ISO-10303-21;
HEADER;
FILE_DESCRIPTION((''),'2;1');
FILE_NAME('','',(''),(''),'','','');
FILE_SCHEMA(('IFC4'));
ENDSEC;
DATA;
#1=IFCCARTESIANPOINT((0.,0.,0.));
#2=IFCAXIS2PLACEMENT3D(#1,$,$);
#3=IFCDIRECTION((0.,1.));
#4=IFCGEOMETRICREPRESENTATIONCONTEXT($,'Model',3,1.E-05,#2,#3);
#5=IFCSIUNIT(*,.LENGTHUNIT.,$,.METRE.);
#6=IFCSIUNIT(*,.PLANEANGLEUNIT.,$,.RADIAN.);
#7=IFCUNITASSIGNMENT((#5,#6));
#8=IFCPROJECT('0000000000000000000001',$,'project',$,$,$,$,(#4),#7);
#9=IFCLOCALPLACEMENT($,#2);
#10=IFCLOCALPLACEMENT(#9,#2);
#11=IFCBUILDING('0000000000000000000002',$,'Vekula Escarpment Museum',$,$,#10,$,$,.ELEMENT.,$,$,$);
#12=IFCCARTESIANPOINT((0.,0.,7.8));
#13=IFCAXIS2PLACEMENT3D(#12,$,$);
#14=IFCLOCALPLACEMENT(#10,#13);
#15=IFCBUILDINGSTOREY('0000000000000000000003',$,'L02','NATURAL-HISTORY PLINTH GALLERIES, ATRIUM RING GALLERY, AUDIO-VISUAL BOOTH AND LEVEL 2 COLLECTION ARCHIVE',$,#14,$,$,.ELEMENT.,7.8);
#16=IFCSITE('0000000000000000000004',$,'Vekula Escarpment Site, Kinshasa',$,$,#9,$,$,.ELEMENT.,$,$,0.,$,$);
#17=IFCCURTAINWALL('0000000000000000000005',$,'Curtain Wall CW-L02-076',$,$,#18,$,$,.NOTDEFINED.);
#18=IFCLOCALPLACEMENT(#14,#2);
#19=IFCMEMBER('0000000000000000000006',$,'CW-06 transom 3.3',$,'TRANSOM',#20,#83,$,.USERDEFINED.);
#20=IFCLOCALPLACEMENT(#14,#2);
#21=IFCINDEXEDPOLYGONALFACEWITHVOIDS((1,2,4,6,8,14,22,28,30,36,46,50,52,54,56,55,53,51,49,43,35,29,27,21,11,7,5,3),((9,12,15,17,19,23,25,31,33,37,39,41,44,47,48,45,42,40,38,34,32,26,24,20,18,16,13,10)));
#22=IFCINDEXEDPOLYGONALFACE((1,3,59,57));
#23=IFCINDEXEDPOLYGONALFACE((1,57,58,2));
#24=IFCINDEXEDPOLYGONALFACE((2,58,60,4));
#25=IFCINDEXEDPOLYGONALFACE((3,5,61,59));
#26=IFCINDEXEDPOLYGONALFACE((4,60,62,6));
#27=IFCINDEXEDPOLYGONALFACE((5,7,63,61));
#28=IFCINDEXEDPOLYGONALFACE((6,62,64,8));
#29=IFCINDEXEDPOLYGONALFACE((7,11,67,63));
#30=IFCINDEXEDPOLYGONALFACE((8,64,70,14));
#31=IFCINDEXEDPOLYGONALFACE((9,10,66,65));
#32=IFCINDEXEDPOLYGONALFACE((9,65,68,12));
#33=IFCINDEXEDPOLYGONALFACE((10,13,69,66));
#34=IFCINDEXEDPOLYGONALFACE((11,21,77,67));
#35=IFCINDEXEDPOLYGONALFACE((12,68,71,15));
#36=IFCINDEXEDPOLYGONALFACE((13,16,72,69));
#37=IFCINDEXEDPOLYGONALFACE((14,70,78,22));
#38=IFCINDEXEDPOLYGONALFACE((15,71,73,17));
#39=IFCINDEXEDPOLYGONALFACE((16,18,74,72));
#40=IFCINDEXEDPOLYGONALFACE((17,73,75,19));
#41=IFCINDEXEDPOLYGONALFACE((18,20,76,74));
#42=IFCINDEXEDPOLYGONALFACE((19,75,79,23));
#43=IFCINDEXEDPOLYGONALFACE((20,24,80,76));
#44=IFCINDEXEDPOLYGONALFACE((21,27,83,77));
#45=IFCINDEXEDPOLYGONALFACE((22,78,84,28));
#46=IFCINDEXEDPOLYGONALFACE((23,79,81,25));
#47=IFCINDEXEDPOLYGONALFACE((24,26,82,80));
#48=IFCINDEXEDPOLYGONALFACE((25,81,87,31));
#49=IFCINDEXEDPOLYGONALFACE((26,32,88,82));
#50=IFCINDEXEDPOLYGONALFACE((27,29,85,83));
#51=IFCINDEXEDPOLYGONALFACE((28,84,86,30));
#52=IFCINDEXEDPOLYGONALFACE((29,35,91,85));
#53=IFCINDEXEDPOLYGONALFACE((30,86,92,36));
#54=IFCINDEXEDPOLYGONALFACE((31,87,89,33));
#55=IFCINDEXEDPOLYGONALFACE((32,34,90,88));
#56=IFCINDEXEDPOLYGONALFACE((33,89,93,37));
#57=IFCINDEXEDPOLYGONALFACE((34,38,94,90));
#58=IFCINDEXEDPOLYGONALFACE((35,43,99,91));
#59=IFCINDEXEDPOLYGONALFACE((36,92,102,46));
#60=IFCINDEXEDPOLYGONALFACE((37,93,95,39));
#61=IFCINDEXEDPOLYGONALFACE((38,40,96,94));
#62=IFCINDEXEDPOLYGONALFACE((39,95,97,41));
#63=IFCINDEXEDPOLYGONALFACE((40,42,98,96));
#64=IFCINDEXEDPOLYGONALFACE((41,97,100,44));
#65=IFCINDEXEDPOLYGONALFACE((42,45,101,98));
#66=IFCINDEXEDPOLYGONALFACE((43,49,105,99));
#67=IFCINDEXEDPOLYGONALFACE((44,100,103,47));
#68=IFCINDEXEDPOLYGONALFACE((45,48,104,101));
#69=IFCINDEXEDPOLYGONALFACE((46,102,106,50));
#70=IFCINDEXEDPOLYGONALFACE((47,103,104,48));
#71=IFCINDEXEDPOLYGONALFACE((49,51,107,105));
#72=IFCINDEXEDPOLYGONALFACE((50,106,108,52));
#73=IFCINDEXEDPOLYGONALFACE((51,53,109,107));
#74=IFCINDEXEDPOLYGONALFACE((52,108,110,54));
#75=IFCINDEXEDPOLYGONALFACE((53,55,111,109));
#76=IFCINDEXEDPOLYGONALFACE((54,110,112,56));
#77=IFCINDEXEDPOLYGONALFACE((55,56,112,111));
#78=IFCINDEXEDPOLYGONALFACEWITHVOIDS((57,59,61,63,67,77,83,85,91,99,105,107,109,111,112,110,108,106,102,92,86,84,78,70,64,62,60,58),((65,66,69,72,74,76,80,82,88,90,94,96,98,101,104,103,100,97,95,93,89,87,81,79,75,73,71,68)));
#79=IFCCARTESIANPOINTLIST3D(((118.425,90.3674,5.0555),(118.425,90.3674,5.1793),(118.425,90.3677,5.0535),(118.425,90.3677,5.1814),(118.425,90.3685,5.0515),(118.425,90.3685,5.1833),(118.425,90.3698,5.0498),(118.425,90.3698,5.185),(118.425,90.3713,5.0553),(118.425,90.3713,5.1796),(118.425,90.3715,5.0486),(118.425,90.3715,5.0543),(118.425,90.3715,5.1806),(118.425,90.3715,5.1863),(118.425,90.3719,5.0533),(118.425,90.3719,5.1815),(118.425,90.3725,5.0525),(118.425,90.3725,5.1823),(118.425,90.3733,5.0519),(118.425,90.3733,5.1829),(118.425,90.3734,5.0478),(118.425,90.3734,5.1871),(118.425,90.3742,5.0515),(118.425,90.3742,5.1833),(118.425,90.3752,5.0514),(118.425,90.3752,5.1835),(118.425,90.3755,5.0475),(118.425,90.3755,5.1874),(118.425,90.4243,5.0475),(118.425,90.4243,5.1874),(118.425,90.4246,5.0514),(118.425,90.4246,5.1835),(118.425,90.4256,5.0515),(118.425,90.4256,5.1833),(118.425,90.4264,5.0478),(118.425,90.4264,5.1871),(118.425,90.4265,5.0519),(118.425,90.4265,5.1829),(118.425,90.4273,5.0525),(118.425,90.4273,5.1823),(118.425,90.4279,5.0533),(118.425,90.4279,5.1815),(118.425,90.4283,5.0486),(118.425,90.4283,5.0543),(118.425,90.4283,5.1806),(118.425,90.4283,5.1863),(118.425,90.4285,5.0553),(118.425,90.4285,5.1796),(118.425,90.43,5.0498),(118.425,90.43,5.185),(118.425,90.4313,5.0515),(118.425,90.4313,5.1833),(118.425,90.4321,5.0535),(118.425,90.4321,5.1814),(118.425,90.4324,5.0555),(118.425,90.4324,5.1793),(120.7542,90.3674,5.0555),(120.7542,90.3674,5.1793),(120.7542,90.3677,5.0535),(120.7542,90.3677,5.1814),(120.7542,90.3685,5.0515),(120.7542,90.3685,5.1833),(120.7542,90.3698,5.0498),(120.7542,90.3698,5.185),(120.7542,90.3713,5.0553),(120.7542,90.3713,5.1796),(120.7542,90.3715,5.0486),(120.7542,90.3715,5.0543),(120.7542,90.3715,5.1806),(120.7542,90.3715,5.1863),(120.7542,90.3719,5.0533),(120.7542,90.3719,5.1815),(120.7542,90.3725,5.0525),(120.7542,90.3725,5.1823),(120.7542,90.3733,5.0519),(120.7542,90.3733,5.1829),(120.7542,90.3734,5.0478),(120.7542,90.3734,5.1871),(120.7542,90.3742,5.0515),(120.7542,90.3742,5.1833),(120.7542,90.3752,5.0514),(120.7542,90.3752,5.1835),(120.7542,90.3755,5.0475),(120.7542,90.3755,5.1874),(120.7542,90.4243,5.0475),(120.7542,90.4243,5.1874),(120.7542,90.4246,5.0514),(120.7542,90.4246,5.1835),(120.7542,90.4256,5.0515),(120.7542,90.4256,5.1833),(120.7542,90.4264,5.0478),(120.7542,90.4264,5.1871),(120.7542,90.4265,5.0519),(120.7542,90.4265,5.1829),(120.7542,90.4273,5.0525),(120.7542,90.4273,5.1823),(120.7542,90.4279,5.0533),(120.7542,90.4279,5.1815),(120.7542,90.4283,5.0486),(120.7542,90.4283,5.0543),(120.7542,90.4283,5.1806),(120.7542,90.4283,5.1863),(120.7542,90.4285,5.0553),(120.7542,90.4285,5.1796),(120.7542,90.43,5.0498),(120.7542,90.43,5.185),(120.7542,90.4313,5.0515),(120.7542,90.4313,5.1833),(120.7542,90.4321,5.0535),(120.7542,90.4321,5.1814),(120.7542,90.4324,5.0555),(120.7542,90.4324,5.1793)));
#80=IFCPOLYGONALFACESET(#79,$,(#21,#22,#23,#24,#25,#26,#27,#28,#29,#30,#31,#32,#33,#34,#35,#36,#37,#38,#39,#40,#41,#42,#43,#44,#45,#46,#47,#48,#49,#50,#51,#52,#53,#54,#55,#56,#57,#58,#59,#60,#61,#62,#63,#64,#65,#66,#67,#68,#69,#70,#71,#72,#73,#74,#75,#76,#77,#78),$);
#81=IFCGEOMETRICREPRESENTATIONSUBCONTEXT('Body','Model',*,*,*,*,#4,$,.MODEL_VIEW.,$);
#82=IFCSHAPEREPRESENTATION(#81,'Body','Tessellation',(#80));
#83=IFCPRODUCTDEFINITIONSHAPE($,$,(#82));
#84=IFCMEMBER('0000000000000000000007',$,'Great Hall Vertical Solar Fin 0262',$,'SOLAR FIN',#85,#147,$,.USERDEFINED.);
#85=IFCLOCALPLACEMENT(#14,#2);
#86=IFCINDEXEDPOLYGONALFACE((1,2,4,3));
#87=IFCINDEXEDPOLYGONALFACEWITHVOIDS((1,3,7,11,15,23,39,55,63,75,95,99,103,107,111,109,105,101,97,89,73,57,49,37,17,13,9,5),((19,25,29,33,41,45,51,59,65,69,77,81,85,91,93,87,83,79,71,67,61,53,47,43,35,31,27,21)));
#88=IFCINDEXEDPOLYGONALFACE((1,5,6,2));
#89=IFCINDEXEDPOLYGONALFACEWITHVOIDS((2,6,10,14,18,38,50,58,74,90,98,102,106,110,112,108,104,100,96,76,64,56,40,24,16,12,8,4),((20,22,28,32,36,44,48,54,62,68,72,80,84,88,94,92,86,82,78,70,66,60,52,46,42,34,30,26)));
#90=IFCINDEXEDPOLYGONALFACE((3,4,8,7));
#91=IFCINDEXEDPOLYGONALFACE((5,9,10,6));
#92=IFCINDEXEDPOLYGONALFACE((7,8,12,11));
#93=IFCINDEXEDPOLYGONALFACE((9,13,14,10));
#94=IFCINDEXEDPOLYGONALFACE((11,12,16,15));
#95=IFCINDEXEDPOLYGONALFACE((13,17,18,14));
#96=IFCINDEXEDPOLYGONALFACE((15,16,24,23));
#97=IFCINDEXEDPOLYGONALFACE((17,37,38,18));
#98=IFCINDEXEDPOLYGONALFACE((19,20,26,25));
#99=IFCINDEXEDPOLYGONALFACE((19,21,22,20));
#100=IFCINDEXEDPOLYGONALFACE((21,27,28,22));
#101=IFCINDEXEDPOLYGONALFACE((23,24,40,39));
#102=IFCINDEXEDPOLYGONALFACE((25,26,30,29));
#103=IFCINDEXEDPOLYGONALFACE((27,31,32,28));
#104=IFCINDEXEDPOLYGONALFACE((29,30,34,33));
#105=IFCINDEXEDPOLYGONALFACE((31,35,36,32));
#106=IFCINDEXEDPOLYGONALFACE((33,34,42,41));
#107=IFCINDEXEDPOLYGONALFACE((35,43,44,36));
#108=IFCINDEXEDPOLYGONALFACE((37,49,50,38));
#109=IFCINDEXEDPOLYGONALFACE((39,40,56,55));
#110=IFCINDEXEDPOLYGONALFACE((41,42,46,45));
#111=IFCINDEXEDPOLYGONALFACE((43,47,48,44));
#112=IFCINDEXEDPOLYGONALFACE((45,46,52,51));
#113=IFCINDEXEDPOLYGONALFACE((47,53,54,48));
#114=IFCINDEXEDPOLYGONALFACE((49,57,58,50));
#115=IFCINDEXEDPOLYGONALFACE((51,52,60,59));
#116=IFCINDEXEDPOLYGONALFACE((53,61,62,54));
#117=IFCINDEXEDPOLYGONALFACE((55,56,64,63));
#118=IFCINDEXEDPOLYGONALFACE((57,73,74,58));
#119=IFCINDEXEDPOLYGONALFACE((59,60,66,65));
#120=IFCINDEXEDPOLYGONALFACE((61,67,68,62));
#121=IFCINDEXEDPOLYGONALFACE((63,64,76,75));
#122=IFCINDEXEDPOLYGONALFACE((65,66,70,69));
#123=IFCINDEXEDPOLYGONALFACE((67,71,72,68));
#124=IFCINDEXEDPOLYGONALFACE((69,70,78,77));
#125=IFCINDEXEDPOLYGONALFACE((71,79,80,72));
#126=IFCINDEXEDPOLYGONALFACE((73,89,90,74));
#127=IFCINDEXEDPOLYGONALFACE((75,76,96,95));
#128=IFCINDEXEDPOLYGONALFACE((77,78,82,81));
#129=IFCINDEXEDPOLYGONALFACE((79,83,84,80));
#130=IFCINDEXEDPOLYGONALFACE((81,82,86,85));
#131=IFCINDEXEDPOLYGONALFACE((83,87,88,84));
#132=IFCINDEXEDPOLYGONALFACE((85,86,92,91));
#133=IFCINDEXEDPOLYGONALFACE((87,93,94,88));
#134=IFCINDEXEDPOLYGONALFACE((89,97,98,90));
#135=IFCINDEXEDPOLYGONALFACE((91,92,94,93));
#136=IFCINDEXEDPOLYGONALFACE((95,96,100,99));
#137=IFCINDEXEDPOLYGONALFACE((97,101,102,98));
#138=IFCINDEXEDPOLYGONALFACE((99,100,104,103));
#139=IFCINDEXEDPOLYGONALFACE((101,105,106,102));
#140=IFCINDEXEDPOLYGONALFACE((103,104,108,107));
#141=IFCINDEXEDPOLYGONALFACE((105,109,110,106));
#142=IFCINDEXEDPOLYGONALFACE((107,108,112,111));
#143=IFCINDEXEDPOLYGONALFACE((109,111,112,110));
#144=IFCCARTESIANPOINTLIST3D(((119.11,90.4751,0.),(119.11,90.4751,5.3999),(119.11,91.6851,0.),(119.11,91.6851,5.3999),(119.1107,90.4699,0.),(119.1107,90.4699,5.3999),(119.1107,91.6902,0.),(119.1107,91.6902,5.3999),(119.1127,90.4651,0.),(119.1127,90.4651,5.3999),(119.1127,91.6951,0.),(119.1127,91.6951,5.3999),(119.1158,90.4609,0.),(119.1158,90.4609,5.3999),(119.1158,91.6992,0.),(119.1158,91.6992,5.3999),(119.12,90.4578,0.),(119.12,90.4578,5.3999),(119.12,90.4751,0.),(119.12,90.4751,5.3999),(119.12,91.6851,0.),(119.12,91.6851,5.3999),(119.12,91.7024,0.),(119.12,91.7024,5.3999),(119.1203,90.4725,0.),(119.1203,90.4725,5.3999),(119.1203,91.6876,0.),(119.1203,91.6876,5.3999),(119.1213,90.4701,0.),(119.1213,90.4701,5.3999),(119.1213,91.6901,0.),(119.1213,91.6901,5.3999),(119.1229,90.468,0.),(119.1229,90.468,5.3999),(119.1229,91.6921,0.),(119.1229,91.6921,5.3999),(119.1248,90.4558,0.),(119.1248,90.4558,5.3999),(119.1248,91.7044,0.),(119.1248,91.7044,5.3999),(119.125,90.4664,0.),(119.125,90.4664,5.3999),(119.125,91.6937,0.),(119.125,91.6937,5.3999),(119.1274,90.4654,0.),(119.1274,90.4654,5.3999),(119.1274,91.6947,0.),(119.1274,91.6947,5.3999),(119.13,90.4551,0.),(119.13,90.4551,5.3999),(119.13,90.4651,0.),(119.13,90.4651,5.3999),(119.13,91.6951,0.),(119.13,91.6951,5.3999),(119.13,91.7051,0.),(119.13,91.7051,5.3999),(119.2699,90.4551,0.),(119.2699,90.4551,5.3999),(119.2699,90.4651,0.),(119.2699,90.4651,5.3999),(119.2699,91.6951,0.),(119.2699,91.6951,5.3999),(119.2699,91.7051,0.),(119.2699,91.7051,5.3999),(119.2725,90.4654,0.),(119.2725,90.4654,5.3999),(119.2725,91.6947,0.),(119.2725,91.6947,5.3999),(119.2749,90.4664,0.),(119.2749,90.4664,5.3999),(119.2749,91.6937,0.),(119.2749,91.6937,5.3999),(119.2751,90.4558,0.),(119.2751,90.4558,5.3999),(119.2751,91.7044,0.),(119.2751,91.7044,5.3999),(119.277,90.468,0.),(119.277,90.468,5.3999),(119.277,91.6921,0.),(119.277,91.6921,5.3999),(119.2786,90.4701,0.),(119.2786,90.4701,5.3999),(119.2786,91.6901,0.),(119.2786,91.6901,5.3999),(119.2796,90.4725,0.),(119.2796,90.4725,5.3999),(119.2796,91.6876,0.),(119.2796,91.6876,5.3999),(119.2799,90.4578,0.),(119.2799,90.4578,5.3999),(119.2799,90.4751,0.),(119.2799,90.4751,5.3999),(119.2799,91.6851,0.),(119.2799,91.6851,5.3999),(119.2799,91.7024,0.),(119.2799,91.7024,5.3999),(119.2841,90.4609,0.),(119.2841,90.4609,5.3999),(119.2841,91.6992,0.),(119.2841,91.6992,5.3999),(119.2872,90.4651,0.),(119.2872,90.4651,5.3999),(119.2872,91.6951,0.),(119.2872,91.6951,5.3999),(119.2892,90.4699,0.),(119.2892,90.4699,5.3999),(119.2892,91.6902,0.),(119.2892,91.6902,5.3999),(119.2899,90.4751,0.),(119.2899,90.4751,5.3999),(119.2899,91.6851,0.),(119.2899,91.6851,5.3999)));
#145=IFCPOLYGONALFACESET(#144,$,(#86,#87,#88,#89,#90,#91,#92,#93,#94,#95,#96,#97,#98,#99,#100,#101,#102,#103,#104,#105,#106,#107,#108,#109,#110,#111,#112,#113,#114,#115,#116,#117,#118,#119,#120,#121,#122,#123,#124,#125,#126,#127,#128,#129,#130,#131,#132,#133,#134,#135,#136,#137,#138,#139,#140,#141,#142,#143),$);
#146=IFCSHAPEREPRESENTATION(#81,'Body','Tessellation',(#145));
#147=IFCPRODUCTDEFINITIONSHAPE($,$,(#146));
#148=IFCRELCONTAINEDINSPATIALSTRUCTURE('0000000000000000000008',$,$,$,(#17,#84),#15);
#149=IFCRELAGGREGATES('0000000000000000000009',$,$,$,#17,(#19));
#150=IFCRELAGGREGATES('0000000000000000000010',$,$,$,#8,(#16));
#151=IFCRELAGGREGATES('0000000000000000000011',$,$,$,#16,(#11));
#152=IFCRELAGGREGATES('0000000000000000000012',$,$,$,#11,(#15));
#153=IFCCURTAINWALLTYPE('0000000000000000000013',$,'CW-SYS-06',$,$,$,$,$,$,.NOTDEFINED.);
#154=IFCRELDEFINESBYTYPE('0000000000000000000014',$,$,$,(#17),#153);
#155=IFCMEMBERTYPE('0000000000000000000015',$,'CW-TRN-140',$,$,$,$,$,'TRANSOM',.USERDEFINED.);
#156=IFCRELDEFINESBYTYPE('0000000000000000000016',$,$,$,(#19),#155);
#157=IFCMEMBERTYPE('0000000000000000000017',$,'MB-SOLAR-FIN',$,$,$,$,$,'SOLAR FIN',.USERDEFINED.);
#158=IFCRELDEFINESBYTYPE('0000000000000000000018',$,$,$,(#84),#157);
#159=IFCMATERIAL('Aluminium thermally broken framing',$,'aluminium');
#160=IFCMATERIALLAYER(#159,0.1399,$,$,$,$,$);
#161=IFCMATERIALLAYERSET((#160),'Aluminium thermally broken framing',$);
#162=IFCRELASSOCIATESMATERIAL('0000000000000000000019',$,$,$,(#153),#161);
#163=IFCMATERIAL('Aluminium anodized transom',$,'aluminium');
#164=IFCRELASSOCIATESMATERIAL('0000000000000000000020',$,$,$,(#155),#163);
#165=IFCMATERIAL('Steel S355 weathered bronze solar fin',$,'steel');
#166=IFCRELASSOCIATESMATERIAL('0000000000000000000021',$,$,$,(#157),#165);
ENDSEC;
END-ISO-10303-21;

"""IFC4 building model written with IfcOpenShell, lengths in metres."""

from ifc_helpers import new_model, si_unit, direction, frame, origin, origin_2d, place, context, subcontext, project, spatial, hollow_rectangle, extrude, material, layer, layer_set, material_profile, profile_set, type_object, element, aggregate, save


model = new_model("IFC4")

# Units and contexts
model_context = context("Model", 3, precision=1e-05, world=origin(), true_north=direction((0.0, 1.0)))
body_context = subcontext(model_context, "Body", "Model", "MODEL_VIEW")
ifc_project = project(units=[si_unit("LENGTHUNIT", "METRE"), si_unit("PLANEANGLEUNIT", "RADIAN")], contexts=[model_context])

# Site, building, storey
site_placement = place(None, origin())
site = spatial("IfcSite", under=ifc_project, at=site_placement, Name="Vekula Escarpment Site, Kinshasa", CompositionType="ELEMENT", RefElevation=0.0)
building_placement = place(site_placement, origin())
building = spatial("IfcBuilding", under=site, at=building_placement, Name="Vekula Escarpment Museum", CompositionType="ELEMENT")
storey_placement = place(building_placement, frame((0.0, 0.0, 7.8)))
storey = spatial("IfcBuildingStorey", under=building, at=storey_placement, Name="L02", Description="NATURAL-HISTORY PLINTH GALLERIES, ATRIUM RING GALLERY, AUDIO-VISUAL BOOTH AND LEVEL 2 COLLECTION ARCHIVE", CompositionType="ELEMENT", Elevation=7.8)

# Curtain wall, member
ifc_material_1 = material(Name="Aluminium thermally broken framing", Category="aluminium")
ifc_layer_1 = layer(ifc_material_1, 0.1399)
ifc_layer_set_1 = layer_set([ifc_layer_1], Name="Aluminium thermally broken framing")
curtain_wall_type = type_object("IfcCurtainWallType", Name="CW-SYS-06", PredefinedType="NOTDEFINED", material=ifc_layer_set_1)
curtain_wall_placement = place(storey_placement, origin())
curtain_wall = element("IfcCurtainWall", 1, at=curtain_wall_placement, inside=storey, type_object=curtain_wall_type, Name="Curtain Wall CW-L02-076", PredefinedType="NOTDEFINED")
ifc_material_2 = material(Name="Aluminium anodized transom", Category="aluminium")
ifc_material_profile_1 = material_profile(ifc_material_2, hollow_rectangle(XDim=0.0649, YDim=0.1399, WallThickness=0.0039, InnerFilletRadius=0.0039, OuterFilletRadius=0.0081, at=origin_2d()), Name="ALU 140x65x4")
ifc_profile_set_1 = profile_set([ifc_material_profile_1], Name="Aluminium anodized transom")
member_type_1 = type_object("IfcMemberType", Name="CW-TRN-140", ElementType="TRANSOM", PredefinedType="USERDEFINED", material=ifc_profile_set_1)
member_1_placement = place(storey_placement, frame((120.7542, 90.3999, 5.1174), z_axis=(-1.0, 0.0, 0.0), x_axis=(0.0, -1.0, 0.0)))
member_1 = element("IfcMember", 2, at=member_1_placement, type_object=member_type_1, Name="CW-06 transom 3.3", ObjectType="TRANSOM", PredefinedType="USERDEFINED", context=body_context, shape_type="SweptSolid", body=[
    extrude(hollow_rectangle(XDim=0.0649, YDim=0.1399, WallThickness=0.0039, InnerFilletRadius=0.0039, OuterFilletRadius=0.0081, at=origin_2d()), origin(), (0.0, 0.0, 1.0), 2.3291),
])

# Member
ifc_material_3 = material(Name="Steel S355 weathered bronze solar fin", Category="steel")
ifc_material_profile_2 = material_profile(ifc_material_3, hollow_rectangle(XDim=0.1799, YDim=1.25, WallThickness=0.01, InnerFilletRadius=0.01, OuterFilletRadius=0.02, at=origin_2d()), Name="RHS 1250x180x10")
ifc_profile_set_2 = profile_set([ifc_material_profile_2], Name="Steel S355 weathered bronze solar fin")
member_type_2 = type_object("IfcMemberType", Name="MB-SOLAR-FIN", ElementType="SOLAR FIN", PredefinedType="USERDEFINED", material=ifc_profile_set_2)
for number, where, z_axis, x_axis, name in (
    (3, (119.2, 91.0801, 0.0), (0.0, 0.0, 1.0), (1.0, 0.0, 0.0), "Great Hall Vertical Solar Fin 0262"),
):
    element("IfcMember", number, at=place(storey_placement, frame(where, z_axis=z_axis, x_axis=x_axis)), inside=storey, type_object=member_type_2, Name=name, ObjectType="SOLAR FIN", PredefinedType="USERDEFINED", context=body_context, shape_type="SweptSolid", body=[
        extrude(hollow_rectangle(XDim=0.1799, YDim=1.25, WallThickness=0.01, InnerFilletRadius=0.01, OuterFilletRadius=0.02, at=origin_2d()), origin(), (0.0, 0.0, 1.0), 5.3999),
    ])

aggregate(curtain_wall, [member_1])

save(model, "model.ifc")
